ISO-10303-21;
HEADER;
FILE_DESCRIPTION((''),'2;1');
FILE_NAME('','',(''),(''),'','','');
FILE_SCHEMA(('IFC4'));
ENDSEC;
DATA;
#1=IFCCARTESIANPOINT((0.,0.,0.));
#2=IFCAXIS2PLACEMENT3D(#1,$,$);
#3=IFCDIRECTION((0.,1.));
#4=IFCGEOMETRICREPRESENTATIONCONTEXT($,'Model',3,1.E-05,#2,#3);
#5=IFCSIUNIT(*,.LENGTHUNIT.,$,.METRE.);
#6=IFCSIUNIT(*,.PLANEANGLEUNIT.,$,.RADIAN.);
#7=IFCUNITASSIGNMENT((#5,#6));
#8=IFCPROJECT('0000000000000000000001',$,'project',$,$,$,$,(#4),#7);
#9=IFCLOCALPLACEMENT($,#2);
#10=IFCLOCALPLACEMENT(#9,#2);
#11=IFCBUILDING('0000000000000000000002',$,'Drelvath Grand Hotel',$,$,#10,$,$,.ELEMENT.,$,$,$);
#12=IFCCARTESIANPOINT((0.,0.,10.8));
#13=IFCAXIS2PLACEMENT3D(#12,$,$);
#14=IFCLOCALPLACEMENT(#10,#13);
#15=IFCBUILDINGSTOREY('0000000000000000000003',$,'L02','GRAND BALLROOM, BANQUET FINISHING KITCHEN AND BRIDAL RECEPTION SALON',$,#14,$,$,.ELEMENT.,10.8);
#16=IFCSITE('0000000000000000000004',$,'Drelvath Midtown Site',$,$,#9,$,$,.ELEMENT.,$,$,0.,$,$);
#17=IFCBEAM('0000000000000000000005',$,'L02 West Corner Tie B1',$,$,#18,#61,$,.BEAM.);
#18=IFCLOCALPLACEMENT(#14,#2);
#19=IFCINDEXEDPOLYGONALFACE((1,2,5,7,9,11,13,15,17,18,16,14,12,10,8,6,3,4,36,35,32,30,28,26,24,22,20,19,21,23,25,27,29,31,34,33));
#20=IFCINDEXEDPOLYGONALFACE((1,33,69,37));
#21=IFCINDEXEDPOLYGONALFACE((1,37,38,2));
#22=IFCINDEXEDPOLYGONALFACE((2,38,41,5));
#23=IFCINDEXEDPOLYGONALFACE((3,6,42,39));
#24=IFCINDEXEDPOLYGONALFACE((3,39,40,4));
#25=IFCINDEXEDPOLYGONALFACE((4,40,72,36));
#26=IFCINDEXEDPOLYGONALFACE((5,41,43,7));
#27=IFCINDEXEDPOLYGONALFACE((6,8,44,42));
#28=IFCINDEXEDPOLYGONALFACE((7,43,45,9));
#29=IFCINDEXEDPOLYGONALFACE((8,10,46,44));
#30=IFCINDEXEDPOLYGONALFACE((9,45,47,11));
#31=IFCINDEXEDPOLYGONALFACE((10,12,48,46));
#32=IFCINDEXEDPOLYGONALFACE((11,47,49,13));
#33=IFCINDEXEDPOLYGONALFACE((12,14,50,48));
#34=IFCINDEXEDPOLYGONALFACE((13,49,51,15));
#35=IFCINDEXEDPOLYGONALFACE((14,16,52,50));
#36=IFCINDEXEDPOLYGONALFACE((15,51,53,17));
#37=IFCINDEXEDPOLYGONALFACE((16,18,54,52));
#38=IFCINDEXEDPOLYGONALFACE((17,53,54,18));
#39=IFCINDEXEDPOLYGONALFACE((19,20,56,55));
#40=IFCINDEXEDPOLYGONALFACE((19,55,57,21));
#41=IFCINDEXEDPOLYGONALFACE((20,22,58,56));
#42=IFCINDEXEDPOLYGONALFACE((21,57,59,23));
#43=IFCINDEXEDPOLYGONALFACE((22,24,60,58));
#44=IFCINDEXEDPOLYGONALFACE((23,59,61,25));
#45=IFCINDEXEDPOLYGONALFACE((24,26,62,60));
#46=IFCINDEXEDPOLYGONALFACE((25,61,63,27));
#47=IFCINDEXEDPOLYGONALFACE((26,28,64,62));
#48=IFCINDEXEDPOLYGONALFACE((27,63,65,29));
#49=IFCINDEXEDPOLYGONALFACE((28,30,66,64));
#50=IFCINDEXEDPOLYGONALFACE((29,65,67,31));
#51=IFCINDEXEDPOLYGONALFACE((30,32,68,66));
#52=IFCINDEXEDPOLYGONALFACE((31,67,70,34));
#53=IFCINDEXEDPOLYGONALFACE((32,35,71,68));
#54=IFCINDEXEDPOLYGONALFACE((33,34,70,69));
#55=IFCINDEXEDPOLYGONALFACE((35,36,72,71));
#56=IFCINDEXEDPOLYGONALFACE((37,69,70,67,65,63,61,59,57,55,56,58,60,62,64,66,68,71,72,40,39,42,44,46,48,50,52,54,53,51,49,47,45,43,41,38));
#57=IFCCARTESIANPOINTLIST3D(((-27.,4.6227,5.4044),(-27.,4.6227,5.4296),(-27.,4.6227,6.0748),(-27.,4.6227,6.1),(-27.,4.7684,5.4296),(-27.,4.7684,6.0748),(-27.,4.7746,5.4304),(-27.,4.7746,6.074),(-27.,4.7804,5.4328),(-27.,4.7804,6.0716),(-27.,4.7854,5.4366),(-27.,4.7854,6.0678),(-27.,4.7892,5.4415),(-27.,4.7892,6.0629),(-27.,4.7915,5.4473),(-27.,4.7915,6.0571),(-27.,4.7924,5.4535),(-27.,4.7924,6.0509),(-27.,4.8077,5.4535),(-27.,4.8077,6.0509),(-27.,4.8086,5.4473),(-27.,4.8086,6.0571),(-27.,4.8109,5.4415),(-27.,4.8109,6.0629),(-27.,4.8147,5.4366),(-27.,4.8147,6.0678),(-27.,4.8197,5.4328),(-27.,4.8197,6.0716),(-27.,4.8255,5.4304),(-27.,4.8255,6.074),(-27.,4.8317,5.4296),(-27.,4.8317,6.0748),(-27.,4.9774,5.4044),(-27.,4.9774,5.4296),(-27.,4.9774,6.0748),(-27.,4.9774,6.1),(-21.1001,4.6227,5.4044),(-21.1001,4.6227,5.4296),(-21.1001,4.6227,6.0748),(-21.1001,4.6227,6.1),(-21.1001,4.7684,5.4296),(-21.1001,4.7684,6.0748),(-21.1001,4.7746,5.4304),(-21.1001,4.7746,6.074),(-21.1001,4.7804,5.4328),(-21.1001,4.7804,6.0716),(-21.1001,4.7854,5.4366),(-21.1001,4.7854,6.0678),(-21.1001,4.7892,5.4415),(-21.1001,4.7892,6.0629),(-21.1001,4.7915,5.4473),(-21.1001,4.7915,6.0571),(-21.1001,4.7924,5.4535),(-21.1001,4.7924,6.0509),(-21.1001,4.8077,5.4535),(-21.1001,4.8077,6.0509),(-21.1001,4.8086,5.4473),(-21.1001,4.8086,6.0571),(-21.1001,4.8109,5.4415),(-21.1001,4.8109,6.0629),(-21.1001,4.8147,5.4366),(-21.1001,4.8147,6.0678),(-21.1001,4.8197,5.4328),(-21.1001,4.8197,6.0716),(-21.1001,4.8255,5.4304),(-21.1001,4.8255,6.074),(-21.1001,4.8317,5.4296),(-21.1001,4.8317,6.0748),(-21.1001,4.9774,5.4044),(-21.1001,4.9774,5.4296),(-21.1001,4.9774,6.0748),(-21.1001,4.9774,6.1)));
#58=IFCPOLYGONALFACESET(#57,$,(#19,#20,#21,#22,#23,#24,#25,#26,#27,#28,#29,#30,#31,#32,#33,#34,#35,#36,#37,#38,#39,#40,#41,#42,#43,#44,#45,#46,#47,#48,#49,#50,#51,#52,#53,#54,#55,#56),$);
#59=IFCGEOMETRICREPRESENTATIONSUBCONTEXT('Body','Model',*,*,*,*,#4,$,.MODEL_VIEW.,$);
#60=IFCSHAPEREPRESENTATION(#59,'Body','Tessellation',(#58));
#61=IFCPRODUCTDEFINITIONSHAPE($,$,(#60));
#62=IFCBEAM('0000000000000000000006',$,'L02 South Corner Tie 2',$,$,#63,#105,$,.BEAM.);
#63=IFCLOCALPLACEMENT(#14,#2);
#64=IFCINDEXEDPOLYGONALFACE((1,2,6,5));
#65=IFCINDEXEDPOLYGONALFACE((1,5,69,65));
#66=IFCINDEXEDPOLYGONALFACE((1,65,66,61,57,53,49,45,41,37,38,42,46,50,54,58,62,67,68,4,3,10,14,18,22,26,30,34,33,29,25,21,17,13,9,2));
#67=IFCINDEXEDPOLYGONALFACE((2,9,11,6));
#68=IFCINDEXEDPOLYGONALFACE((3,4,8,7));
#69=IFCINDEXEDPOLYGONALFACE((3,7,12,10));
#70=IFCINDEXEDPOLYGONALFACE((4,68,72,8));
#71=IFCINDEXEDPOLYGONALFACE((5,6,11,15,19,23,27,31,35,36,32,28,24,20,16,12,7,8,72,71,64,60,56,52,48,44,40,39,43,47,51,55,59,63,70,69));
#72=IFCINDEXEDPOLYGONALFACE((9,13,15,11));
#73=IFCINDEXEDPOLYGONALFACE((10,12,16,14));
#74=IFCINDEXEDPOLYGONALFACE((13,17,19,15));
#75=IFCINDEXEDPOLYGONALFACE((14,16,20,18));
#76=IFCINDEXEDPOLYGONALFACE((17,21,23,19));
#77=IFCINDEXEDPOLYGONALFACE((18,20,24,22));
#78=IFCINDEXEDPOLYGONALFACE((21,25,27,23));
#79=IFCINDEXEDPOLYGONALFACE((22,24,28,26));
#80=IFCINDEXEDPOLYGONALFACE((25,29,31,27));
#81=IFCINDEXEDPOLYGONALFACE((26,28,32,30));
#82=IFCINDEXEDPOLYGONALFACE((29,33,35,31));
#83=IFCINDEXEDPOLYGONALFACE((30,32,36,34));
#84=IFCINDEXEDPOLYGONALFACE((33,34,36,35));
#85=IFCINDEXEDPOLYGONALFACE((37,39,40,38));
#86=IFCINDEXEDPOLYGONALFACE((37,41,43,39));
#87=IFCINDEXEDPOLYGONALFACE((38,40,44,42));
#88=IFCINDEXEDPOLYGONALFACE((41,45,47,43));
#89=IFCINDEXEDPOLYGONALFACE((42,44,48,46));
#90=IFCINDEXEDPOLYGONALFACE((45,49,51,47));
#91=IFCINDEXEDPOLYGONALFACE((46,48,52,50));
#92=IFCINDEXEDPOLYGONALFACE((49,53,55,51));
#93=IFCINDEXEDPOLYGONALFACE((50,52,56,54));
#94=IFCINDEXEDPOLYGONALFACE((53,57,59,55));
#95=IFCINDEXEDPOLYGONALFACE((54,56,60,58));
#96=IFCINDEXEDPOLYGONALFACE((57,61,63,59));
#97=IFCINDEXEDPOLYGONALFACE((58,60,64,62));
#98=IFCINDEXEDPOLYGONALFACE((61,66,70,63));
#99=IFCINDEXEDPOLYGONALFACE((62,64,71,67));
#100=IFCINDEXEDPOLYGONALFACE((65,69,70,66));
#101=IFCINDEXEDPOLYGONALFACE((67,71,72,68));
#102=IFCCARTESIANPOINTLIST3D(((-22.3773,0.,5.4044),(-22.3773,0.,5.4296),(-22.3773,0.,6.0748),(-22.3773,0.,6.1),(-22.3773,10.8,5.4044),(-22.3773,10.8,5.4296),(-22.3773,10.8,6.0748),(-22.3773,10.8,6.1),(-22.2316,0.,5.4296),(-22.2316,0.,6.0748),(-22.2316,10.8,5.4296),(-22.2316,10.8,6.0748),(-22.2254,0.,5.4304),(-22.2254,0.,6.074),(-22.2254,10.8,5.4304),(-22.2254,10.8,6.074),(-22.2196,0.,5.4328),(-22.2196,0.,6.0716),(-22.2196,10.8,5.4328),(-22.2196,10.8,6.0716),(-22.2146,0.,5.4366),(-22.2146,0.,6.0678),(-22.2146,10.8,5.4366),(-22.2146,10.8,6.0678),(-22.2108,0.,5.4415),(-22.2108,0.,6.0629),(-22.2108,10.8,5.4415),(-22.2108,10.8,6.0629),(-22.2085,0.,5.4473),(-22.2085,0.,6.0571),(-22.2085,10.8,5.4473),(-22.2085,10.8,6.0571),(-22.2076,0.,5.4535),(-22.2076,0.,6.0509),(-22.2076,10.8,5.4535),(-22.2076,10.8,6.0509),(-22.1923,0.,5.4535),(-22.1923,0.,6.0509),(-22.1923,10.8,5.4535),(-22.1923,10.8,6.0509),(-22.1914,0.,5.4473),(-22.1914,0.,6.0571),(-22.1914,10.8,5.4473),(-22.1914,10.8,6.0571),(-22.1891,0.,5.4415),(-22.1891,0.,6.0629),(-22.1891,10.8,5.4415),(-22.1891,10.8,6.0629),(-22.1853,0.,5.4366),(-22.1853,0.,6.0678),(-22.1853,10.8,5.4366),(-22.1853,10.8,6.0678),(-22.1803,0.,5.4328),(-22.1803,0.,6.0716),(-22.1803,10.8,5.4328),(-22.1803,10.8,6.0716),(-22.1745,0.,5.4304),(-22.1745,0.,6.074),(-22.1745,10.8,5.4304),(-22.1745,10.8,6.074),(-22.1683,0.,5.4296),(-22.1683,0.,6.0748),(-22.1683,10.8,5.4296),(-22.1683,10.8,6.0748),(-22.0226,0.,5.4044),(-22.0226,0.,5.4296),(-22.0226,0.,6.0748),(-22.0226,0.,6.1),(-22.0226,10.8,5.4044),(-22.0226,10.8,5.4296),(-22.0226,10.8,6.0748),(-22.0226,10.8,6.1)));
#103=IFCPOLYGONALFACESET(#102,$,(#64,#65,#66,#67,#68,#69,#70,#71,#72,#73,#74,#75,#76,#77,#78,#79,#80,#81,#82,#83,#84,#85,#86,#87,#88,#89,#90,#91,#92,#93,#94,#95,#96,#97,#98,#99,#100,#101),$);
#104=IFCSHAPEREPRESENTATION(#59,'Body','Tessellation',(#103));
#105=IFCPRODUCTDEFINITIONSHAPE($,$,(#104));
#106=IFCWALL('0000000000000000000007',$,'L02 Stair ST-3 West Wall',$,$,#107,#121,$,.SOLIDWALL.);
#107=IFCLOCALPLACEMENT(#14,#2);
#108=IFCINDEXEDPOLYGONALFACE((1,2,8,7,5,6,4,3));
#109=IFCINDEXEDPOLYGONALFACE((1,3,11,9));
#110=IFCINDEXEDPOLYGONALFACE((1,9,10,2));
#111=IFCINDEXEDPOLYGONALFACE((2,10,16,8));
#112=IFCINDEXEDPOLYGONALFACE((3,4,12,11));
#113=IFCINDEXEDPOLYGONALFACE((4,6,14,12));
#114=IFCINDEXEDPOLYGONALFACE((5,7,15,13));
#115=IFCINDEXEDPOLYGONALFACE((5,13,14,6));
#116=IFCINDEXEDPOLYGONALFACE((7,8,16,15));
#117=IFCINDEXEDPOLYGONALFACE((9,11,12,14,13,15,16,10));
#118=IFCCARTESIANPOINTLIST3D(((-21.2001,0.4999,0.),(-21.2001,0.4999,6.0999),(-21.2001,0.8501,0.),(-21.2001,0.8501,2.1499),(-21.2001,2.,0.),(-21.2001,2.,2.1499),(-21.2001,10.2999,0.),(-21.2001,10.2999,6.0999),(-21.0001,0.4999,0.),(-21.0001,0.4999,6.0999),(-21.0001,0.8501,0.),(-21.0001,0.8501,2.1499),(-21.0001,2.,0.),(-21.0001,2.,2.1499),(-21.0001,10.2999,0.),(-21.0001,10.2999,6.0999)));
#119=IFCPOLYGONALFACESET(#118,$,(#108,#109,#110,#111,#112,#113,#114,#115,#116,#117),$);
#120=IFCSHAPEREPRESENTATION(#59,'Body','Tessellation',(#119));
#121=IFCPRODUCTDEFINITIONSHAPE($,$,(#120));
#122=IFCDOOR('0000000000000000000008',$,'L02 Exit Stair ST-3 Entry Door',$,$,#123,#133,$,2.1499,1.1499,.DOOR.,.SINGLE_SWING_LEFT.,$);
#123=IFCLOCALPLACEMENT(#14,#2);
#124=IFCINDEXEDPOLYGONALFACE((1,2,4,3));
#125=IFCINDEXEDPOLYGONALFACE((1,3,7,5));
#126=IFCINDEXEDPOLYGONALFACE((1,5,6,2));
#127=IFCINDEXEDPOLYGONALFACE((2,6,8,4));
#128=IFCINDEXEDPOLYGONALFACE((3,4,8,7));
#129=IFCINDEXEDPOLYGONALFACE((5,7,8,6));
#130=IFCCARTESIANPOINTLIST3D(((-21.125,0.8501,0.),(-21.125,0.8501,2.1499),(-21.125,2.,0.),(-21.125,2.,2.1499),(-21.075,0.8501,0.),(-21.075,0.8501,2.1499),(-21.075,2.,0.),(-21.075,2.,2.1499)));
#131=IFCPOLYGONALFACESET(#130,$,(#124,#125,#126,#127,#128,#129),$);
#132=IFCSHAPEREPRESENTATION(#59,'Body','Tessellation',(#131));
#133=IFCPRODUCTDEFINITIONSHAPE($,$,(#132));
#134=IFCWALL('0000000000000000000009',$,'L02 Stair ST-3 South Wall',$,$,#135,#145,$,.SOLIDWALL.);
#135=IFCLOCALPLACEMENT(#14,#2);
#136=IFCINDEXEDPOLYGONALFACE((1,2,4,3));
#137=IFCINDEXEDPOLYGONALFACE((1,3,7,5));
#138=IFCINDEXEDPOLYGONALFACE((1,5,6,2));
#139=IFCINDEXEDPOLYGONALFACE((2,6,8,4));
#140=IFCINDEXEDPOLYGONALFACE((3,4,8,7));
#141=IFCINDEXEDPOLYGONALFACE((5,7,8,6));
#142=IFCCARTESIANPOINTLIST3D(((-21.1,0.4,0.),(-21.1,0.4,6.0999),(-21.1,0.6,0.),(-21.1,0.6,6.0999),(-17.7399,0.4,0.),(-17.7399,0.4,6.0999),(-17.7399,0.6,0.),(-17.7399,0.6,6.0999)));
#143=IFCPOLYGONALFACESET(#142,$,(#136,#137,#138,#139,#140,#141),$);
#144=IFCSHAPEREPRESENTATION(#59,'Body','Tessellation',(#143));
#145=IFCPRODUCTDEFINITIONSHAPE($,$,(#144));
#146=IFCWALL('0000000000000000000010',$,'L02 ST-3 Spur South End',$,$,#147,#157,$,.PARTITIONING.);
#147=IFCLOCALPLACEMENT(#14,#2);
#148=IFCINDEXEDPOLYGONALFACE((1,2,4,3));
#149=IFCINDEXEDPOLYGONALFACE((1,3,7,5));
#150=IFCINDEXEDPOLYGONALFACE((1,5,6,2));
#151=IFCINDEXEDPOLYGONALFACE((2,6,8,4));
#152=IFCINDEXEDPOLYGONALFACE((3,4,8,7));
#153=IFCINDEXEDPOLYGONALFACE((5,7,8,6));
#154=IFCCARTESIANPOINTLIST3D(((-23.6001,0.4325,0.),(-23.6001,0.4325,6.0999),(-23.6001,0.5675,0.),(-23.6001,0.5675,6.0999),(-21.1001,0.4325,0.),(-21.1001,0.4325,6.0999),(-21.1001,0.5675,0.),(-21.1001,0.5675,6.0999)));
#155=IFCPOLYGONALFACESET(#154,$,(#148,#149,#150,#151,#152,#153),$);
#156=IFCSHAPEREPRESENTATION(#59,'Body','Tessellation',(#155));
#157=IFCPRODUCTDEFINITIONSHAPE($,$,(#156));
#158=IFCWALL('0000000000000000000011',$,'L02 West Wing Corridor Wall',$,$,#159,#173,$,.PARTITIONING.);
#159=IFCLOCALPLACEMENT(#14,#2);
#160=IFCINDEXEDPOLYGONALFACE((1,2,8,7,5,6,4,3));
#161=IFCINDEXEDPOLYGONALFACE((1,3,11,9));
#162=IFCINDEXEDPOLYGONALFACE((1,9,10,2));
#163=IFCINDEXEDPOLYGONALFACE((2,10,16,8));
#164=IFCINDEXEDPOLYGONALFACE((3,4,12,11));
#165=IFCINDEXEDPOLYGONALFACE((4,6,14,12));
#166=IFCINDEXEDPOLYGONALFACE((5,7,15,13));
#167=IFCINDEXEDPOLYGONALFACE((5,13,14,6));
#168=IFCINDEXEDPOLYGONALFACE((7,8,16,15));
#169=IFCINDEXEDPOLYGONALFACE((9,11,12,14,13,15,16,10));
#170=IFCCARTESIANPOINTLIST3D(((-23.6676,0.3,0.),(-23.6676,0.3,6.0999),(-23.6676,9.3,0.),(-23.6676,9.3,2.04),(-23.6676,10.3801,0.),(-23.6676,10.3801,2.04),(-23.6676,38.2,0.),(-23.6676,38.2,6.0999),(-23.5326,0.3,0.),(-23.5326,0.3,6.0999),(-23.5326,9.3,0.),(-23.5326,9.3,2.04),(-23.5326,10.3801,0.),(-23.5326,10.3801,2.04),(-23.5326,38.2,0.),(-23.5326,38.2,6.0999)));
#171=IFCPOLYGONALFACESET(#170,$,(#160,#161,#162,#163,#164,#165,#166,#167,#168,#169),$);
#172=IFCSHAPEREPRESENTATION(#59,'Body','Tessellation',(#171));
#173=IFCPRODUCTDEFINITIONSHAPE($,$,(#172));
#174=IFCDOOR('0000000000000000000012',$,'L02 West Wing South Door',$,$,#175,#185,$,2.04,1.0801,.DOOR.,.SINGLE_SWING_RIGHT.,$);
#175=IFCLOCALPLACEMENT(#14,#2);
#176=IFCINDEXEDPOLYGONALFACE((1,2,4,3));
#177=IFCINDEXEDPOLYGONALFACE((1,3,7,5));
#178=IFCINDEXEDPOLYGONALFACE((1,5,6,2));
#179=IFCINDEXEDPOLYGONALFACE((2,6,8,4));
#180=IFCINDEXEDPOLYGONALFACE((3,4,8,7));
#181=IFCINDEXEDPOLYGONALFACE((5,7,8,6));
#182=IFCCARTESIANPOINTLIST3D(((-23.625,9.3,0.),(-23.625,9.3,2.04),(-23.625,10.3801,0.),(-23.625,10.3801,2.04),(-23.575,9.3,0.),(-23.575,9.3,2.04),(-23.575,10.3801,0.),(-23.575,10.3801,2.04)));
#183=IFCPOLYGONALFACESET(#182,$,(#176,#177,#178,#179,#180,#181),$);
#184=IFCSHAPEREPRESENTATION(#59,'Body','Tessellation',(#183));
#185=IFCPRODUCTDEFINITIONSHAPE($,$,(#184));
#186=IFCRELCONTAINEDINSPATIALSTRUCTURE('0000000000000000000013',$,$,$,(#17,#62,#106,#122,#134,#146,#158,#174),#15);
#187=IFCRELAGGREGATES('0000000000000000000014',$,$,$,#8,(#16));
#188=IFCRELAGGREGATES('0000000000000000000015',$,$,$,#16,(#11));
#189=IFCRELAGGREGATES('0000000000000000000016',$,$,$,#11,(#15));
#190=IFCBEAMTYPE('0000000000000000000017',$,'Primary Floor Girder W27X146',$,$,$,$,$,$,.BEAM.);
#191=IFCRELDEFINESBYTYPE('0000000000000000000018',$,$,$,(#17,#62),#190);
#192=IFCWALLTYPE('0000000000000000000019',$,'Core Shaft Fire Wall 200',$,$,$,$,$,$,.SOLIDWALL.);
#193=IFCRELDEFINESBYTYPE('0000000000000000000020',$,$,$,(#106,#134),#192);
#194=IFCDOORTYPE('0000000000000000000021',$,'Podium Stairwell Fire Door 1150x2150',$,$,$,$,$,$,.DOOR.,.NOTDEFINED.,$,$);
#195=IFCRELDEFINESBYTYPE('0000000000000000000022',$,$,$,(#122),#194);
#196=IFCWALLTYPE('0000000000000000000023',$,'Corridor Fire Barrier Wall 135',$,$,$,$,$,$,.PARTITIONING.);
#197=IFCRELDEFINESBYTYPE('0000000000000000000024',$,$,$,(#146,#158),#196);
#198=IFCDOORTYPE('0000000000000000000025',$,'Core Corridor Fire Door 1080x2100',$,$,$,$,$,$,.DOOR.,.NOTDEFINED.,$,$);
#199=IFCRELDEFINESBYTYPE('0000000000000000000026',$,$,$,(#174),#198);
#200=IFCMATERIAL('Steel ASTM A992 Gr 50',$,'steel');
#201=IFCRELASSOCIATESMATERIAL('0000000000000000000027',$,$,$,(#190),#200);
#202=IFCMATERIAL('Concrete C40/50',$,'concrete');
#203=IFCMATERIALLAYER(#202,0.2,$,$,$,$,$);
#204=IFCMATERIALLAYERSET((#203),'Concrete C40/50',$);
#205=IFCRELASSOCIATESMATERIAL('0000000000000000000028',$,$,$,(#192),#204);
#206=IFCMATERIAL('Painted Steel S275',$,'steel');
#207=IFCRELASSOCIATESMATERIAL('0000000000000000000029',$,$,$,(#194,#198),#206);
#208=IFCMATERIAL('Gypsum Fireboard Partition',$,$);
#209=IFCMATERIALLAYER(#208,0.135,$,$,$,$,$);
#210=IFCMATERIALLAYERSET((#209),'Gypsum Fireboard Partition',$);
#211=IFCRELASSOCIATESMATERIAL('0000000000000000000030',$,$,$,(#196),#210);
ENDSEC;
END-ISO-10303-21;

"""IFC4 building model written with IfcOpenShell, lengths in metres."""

from ifc_helpers import new_model, si_unit, direction, frame, frame_2d, origin, origin_2d, place, context, subcontext, project, spatial, rectangle, i_section, extrude, material, layer, layer_set, material_profile, profile_set, type_object, element, fill, save


model = new_model("IFC4")

# Units and contexts
model_context = context("Model", 3, precision=1e-05, world=origin(), true_north=direction((0.0, 1.0)))
body_context = subcontext(model_context, "Body", "Model", "MODEL_VIEW")
ifc_project = project(units=[si_unit("LENGTHUNIT", "METRE"), si_unit("PLANEANGLEUNIT", "RADIAN")], contexts=[model_context])

# Site, building, storey
site_placement = place(None, origin())
site = spatial("IfcSite", under=ifc_project, at=site_placement, Name="Drelvath Midtown Site", CompositionType="ELEMENT", RefElevation=0.0)
building_placement = place(site_placement, origin())
building = spatial("IfcBuilding", under=site, at=building_placement, Name="Drelvath Grand Hotel", CompositionType="ELEMENT")
storey_placement = place(building_placement, frame((0.0, 0.0, 10.8)))
storey = spatial("IfcBuildingStorey", under=building, at=storey_placement, Name="L02", Description="GRAND BALLROOM, BANQUET FINISHING KITCHEN AND BRIDAL RECEPTION SALON", CompositionType="ELEMENT", Elevation=10.8)

# Beams
ifc_material_1 = material(Name="Steel ASTM A992 Gr 50", Category="steel")
ifc_material_profile_1 = material_profile(ifc_material_1, i_section(OverallWidth=0.3547, OverallDepth=0.6956, WebThickness=0.0154, FlangeThickness=0.0251, FilletRadius=0.0239, at=origin_2d()), Name="W27X146")
ifc_profile_set_1 = profile_set([ifc_material_profile_1], Name="Steel ASTM A992 Gr 50")
beam_type_1 = type_object("IfcBeamType", Name="Primary Floor Girder W27X146", PredefinedType="BEAM", material=ifc_profile_set_1)
beam_1_placement = place(storey_placement, frame((-27.0, 4.8, 5.7522), z_axis=(1.0, 0.0, 0.0), x_axis=(0.0, 1.0, 0.0)))
element("IfcBeam", 1, at=beam_1_placement, inside=storey, type_object=beam_type_1, Name="L02 West Corner Tie B1", PredefinedType="BEAM", context=body_context, shape_type="SweptSolid", body=[
    extrude(i_section(OverallWidth=0.3547, OverallDepth=0.6956, WebThickness=0.0154, FlangeThickness=0.0251, FilletRadius=0.0239, at=origin_2d()), origin(), (0.0, 0.0, 1.0), 5.8999),
])
beam_2_placement = place(storey_placement, frame((-22.2, 0.0, 5.7522), z_axis=(0.0, 1.0, 0.0), x_axis=(-1.0, 0.0, 0.0)))
element("IfcBeam", 2, at=beam_2_placement, inside=storey, type_object=beam_type_1, Name="L02 South Corner Tie 2", PredefinedType="BEAM", context=body_context, shape_type="SweptSolid", body=[
    extrude(i_section(OverallWidth=0.3547, OverallDepth=0.6956, WebThickness=0.0154, FlangeThickness=0.0251, FilletRadius=0.0239, at=origin_2d()), origin(), (0.0, 0.0, 1.0), 10.8),
])

# Wall, opening, door
ifc_material_2 = material(Name="Concrete C40/50", Category="concrete")
ifc_layer_1 = layer(ifc_material_2, 0.2)
ifc_layer_set_1 = layer_set([ifc_layer_1], Name="Concrete C40/50")
wall_type_1 = type_object("IfcWallType", Name="Core Shaft Fire Wall 200", PredefinedType="SOLIDWALL", material=ifc_layer_set_1)
wall_1_placement = place(storey_placement, frame((-21.1001, 0.5, 0.0), z_axis=(0.0, 0.0, 1.0), x_axis=(0.0, 1.0, 0.0)))
wall_1 = element("IfcWall", 3, at=wall_1_placement, inside=storey, type_object=wall_type_1, Name="L02 Stair ST-3 West Wall", PredefinedType="SOLIDWALL", context=body_context, shape_type="SweptSolid", body=[
    extrude(rectangle(XDim=9.8, YDim=0.2, at=frame_2d((4.8999, 0.0))), origin(), (0.0, 0.0, 1.0), 6.0999),
])
opening_1_placement = place(wall_1_placement, frame((0.3501, 0.0, 0.0)))
opening_1 = element("IfcOpeningElement", 4, at=opening_1_placement, cuts=wall_1, PredefinedType="OPENING", context=body_context, shape_type="SweptSolid", body=[
    extrude(rectangle(XDim=1.1499, YDim=2.1499, at=frame_2d((0.575, 1.075))), frame((0.0, 0.1099, 0.0), z_axis=(0.0, -1.0, 0.0), x_axis=(1.0, 0.0, 0.0)), (0.0, 0.0, 1.0), 0.22),
])
ifc_material_3 = material(Name="Painted Steel S275", Category="steel")
door_type_1 = type_object("IfcDoorType", Name="Podium Stairwell Fire Door 1150x2150", OperationType="NOTDEFINED", PredefinedType="DOOR", material=ifc_material_3)
door_1_placement = place(opening_1_placement, origin())
door_1 = element("IfcDoor", 5, at=door_1_placement, inside=storey, type_object=door_type_1, Name="L02 Exit Stair ST-3 Entry Door", OperationType="SINGLE_SWING_LEFT", OverallHeight=2.1499, OverallWidth=1.1499, PredefinedType="DOOR", context=body_context, shape_type="SweptSolid", body=[
    extrude(rectangle(XDim=1.1499, YDim=2.1499, at=frame_2d((0.575, 1.075))), frame((0.0, 0.0249, 0.0), z_axis=(0.0, -1.0, 0.0), x_axis=(1.0, 0.0, 0.0)), (0.0, 0.0, 1.0), 0.05),
])
fill(opening_1, door_1)

# Walls
wall_2_placement = place(storey_placement, frame((-21.1001, 0.5, 0.0), z_axis=(0.0, 0.0, 1.0), x_axis=(1.0, 0.0, 0.0)))
element("IfcWall", 6, at=wall_2_placement, inside=storey, type_object=wall_type_1, Name="L02 Stair ST-3 South Wall", PredefinedType="SOLIDWALL", context=body_context, shape_type="SweptSolid", body=[
    extrude(rectangle(XDim=3.3601, YDim=0.2, at=frame_2d((1.6802, 0.0))), origin(), (0.0, 0.0, 1.0), 6.0999),
])
ifc_material_4 = material(Name="Gypsum Fireboard Partition")
ifc_layer_2 = layer(ifc_material_4, 0.135)
ifc_layer_set_2 = layer_set([ifc_layer_2], Name="Gypsum Fireboard Partition")
wall_type_2 = type_object("IfcWallType", Name="Corridor Fire Barrier Wall 135", PredefinedType="PARTITIONING", material=ifc_layer_set_2)
wall_3_placement = place(storey_placement, frame((-23.6001, 0.5, 0.0), z_axis=(0.0, 0.0, 1.0), x_axis=(1.0, 0.0, 0.0)))
element("IfcWall", 7, at=wall_3_placement, inside=storey, type_object=wall_type_2, Name="L02 ST-3 Spur South End", PredefinedType="PARTITIONING", context=body_context, shape_type="SweptSolid", body=[
    extrude(rectangle(XDim=2.5, YDim=0.135, at=frame_2d((1.25, 0.0))), origin(), (0.0, 0.0, 1.0), 6.0999),
])

# Wall, opening, door
wall_4_placement = place(storey_placement, frame((-23.6001, 0.3, 0.0), z_axis=(0.0, 0.0, 1.0), x_axis=(0.0, 1.0, 0.0)))
wall_4 = element("IfcWall", 8, at=wall_4_placement, inside=storey, type_object=wall_type_2, Name="L02 West Wing Corridor Wall", PredefinedType="PARTITIONING", context=body_context, shape_type="SweptSolid", body=[
    extrude(rectangle(XDim=37.8999, YDim=0.135, at=frame_2d((18.95, 0.0))), origin(), (0.0, 0.0, 1.0), 6.0999),
])
opening_2_placement = place(wall_4_placement, frame((9.0, 0.0, 0.0)))
opening_2 = element("IfcOpeningElement", 9, at=opening_2_placement, cuts=wall_4, PredefinedType="OPENING", context=body_context, shape_type="SweptSolid", body=[
    extrude(rectangle(XDim=1.0801, YDim=2.04, at=frame_2d((0.54, 1.02))), frame((0.0, 0.0774, 0.0), z_axis=(0.0, -1.0, 0.0), x_axis=(1.0, 0.0, 0.0)), (0.0, 0.0, 1.0), 0.155),
])
door_type_2 = type_object("IfcDoorType", Name="Core Corridor Fire Door 1080x2100", OperationType="NOTDEFINED", PredefinedType="DOOR", material=ifc_material_3)
door_2_placement = place(opening_2_placement, origin())
door_2 = element("IfcDoor", 10, at=door_2_placement, inside=storey, type_object=door_type_2, Name="L02 West Wing South Door", OperationType="SINGLE_SWING_RIGHT", OverallHeight=2.04, OverallWidth=1.0801, PredefinedType="DOOR", context=body_context, shape_type="SweptSolid", body=[
    extrude(rectangle(XDim=1.0801, YDim=2.04, at=frame_2d((0.54, 1.02))), frame((0.0, 0.0249, 0.0), z_axis=(0.0, -1.0, 0.0), x_axis=(1.0, 0.0, 0.0)), (0.0, 0.0, 1.0), 0.05),
])
fill(opening_2, door_2)

save(model, "model.ifc")
